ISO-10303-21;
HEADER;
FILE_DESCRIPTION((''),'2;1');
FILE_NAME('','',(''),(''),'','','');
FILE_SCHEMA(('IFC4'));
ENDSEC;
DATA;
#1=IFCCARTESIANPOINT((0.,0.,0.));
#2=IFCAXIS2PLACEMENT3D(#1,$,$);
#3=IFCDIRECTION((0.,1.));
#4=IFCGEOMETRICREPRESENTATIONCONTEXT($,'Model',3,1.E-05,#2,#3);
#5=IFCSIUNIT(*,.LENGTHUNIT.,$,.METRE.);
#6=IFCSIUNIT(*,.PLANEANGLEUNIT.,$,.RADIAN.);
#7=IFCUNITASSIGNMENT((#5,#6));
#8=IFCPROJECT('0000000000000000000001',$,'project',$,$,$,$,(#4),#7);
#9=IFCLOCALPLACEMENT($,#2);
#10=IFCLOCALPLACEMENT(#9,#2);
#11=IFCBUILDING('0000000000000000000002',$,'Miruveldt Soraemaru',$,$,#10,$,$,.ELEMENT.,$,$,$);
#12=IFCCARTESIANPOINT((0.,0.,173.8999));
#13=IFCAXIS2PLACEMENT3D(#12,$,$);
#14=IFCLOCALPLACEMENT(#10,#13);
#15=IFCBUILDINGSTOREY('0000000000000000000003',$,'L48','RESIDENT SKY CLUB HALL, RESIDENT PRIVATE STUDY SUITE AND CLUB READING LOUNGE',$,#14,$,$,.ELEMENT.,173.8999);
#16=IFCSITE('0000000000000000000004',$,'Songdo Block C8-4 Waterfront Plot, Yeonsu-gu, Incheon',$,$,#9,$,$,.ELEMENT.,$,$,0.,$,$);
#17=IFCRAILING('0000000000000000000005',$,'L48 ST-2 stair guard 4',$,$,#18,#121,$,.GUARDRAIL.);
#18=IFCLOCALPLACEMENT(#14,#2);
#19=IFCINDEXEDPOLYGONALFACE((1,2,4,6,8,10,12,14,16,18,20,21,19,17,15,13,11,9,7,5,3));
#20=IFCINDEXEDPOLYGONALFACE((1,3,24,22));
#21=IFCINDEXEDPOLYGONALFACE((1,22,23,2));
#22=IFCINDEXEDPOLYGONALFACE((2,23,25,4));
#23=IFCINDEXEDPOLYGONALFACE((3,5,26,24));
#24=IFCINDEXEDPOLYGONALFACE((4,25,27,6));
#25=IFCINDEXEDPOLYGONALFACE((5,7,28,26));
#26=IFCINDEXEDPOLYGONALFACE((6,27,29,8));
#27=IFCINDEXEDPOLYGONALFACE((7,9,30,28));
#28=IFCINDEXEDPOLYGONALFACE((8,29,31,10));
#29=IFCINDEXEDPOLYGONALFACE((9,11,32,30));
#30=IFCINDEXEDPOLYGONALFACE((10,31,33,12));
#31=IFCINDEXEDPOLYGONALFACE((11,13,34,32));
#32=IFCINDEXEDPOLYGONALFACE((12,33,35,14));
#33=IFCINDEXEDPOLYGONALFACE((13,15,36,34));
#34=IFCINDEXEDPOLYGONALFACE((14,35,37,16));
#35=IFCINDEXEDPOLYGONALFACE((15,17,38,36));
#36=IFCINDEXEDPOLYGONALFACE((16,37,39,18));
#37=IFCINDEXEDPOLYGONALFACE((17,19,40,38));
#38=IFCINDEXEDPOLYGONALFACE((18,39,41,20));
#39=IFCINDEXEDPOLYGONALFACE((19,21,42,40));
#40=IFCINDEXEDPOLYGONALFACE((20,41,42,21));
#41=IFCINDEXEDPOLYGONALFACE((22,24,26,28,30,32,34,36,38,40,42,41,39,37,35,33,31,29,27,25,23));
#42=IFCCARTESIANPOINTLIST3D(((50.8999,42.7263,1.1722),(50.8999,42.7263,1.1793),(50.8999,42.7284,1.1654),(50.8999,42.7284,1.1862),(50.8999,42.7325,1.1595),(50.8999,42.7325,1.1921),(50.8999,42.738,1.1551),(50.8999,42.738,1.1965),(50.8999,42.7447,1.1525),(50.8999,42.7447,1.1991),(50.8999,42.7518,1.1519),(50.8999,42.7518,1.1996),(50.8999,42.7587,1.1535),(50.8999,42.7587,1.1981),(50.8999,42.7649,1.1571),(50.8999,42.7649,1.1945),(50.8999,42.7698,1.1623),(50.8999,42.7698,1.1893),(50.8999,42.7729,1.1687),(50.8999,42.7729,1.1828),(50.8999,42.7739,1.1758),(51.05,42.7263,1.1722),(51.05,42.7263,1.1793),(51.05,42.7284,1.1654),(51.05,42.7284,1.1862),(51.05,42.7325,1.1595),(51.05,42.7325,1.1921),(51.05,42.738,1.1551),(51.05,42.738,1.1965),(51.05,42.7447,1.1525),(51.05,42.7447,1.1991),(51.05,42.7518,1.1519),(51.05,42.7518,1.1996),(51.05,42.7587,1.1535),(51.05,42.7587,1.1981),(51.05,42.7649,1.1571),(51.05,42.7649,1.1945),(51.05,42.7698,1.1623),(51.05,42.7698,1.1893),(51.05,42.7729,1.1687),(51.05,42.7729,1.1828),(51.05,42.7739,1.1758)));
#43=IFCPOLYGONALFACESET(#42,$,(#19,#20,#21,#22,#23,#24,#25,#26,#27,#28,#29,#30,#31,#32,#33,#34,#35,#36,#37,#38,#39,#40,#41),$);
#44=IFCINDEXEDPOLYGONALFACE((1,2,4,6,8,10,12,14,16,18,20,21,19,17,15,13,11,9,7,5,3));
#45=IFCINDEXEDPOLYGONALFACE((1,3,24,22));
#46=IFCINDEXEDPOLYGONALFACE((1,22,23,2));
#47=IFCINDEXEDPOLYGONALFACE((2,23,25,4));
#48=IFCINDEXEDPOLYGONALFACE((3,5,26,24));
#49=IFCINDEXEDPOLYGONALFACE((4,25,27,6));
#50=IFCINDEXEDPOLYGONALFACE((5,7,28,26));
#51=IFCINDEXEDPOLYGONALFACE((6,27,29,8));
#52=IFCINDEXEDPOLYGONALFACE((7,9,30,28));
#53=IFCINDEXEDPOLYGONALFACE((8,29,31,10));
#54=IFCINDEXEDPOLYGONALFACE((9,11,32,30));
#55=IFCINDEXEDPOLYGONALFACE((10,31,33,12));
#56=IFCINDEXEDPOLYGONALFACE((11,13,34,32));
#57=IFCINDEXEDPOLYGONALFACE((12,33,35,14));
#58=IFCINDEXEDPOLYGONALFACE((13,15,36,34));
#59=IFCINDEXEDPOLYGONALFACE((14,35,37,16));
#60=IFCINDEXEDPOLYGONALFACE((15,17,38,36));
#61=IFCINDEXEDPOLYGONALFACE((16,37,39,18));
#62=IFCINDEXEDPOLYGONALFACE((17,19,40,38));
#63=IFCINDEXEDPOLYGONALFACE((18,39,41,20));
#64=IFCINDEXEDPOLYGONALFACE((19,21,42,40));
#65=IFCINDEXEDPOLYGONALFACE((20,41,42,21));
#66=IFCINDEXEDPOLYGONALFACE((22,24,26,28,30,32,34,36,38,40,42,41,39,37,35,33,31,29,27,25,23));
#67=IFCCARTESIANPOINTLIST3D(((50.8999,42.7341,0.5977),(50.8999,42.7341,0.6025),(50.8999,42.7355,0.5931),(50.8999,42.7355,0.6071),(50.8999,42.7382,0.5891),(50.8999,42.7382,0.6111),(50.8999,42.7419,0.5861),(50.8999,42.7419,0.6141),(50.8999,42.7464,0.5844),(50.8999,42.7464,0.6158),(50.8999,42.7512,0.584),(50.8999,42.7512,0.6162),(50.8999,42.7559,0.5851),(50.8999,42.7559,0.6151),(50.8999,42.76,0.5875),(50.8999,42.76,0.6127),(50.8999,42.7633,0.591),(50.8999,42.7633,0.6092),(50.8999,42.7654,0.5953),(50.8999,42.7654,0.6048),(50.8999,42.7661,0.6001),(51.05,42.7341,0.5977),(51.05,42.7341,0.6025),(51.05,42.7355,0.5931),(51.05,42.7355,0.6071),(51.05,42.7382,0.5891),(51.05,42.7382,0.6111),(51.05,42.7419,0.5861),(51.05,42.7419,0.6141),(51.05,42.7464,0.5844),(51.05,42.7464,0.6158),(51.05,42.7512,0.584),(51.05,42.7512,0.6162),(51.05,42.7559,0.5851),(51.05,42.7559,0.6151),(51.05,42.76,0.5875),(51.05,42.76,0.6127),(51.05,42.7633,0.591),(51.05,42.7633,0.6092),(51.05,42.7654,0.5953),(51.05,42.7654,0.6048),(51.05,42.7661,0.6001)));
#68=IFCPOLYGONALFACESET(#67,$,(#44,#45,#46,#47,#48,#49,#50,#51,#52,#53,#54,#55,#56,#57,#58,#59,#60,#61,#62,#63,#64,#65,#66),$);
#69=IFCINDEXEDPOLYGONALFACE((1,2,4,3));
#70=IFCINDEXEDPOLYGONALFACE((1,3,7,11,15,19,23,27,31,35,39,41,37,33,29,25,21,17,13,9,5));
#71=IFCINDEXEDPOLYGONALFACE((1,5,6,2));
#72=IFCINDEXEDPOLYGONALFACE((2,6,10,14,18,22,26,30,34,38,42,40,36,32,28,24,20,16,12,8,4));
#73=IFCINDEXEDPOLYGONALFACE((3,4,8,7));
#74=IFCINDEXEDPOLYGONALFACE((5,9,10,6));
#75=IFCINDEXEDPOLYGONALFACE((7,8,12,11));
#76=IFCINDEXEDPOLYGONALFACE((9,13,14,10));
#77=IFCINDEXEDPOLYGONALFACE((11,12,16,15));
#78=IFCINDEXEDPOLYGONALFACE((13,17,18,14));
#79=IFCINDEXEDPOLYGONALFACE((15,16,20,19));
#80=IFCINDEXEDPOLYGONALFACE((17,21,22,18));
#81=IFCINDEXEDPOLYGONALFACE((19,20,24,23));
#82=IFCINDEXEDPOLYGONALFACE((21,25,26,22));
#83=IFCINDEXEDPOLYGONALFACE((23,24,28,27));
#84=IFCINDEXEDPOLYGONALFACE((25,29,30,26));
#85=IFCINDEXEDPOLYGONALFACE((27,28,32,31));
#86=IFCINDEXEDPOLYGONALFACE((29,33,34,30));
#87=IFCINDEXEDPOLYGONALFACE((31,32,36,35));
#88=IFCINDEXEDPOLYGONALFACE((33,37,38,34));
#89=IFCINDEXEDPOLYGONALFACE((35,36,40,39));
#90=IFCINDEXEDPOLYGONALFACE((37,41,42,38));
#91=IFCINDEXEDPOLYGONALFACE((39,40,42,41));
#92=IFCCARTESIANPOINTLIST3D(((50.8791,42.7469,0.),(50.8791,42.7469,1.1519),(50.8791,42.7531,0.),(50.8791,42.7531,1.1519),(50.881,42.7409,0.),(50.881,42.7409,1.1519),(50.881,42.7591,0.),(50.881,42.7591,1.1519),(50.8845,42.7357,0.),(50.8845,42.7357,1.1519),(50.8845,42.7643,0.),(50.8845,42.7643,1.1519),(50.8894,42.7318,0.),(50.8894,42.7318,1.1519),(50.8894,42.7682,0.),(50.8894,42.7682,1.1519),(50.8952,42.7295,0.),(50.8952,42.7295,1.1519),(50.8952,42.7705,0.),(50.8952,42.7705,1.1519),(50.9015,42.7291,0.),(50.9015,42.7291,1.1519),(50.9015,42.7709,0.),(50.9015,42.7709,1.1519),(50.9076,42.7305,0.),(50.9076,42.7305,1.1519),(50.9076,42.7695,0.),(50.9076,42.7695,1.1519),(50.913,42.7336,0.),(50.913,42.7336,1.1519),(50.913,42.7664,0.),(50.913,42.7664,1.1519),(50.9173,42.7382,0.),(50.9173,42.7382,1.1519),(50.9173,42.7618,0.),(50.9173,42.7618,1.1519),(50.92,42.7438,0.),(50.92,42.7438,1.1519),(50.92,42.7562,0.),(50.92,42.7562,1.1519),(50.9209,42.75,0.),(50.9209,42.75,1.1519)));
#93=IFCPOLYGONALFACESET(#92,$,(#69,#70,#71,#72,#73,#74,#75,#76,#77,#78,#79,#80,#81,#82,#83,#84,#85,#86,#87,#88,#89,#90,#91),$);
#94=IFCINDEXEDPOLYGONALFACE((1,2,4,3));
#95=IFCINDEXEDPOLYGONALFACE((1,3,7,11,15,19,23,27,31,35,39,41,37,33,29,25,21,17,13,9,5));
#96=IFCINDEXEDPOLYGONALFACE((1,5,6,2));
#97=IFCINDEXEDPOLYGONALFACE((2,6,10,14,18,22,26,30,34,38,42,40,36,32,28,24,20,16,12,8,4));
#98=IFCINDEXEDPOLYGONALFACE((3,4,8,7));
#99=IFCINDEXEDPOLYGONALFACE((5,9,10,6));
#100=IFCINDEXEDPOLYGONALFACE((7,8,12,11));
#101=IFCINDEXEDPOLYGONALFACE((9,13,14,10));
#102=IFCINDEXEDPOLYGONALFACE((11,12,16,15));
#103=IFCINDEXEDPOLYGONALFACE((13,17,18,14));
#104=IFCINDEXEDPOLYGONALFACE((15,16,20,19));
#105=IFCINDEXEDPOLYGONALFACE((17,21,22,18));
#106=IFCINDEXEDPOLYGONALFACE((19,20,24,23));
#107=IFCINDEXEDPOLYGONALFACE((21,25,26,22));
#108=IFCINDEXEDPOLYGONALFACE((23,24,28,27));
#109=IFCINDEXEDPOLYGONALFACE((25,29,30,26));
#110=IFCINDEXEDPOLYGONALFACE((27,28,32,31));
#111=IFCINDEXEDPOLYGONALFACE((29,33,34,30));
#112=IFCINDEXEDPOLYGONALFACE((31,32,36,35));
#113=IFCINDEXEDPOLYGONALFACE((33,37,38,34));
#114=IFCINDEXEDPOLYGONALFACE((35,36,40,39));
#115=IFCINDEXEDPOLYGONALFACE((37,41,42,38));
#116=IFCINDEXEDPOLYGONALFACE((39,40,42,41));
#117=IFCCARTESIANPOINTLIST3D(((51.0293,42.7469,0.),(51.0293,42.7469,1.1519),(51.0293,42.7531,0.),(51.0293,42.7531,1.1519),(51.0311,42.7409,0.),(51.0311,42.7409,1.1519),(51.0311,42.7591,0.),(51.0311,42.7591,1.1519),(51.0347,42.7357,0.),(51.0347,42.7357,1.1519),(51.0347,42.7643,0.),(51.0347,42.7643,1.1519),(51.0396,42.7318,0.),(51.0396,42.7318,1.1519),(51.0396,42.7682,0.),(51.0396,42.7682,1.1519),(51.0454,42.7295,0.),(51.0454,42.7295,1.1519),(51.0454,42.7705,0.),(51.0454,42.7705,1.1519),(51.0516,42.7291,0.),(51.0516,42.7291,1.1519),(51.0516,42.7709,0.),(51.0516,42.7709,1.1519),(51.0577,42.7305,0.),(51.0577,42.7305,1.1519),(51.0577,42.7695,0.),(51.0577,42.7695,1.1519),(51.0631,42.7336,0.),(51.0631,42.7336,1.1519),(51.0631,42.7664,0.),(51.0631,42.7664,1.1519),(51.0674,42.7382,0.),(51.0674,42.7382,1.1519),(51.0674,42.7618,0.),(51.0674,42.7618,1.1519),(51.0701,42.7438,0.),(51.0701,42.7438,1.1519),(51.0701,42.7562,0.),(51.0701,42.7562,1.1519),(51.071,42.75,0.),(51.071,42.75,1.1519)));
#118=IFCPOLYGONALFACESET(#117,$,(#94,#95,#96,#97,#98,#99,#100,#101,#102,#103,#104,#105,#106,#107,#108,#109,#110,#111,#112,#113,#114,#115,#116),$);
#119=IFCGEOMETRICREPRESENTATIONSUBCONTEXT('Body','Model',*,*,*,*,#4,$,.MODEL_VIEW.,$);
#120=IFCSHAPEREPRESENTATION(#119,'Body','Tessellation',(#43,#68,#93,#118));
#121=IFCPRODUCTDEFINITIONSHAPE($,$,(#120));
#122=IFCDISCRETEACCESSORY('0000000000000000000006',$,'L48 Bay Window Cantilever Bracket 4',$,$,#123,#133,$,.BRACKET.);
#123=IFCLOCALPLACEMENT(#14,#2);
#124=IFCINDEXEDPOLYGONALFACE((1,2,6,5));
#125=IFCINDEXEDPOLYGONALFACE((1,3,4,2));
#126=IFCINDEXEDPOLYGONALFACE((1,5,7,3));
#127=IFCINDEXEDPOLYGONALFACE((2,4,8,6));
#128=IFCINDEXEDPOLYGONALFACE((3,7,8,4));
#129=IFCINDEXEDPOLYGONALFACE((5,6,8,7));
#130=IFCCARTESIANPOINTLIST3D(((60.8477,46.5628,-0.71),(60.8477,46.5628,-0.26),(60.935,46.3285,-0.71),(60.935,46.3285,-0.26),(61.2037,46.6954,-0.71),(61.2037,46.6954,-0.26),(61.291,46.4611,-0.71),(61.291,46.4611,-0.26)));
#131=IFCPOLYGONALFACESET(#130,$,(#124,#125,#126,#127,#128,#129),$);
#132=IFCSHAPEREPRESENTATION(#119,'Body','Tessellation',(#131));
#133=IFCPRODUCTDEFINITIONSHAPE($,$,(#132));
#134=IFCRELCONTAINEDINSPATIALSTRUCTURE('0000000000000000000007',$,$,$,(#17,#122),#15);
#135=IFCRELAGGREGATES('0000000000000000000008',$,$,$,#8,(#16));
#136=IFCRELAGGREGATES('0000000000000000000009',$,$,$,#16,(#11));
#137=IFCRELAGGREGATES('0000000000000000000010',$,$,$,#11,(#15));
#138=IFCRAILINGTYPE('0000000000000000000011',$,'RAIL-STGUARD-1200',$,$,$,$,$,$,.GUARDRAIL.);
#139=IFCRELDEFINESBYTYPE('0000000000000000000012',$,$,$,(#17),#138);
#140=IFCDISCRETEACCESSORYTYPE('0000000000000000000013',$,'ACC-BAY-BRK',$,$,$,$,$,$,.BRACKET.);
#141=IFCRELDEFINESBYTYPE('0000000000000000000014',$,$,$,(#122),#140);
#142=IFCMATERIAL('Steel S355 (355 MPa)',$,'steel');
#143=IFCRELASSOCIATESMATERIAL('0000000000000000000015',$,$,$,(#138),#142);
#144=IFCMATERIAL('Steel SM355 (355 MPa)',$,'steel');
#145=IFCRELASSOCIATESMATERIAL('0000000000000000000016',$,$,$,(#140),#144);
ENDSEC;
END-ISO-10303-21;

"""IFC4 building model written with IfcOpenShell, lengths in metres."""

from ifc_helpers import new_model, si_unit, direction, frame, origin, origin_2d, place, context, subcontext, project, spatial, rectangle, circle, extrude, material, type_object, element, save


model = new_model("IFC4")

# Units and contexts
model_context = context("Model", 3, precision=1e-05, world=origin(), true_north=direction((0.0, 1.0)))
body_context = subcontext(model_context, "Body", "Model", "MODEL_VIEW")
ifc_project = project(units=[si_unit("LENGTHUNIT", "METRE"), si_unit("PLANEANGLEUNIT", "RADIAN")], contexts=[model_context])

# Site, building, storey
site_placement = place(None, origin())
site = spatial("IfcSite", under=ifc_project, at=site_placement, Name="Songdo Block C8-4 Waterfront Plot, Yeonsu-gu, Incheon", CompositionType="ELEMENT", RefElevation=0.0)
building_placement = place(site_placement, origin())
building = spatial("IfcBuilding", under=site, at=building_placement, Name="Miruveldt Soraemaru", CompositionType="ELEMENT")
storey_placement = place(building_placement, frame((0.0, 0.0, 173.8999)))
storey = spatial("IfcBuildingStorey", under=building, at=storey_placement, Name="L48", Description="RESIDENT SKY CLUB HALL, RESIDENT PRIVATE STUDY SUITE AND CLUB READING LOUNGE", CompositionType="ELEMENT", Elevation=173.8999)

# Shared definitions
ifc_material_1 = material(Name="Steel SM355 (355 MPa)", Category="steel")

# Railing
ifc_material_2 = material(Name="Steel S355 (355 MPa)", Category="steel")
railing_type = type_object("IfcRailingType", Name="RAIL-STGUARD-1200", PredefinedType="GUARDRAIL", material=ifc_material_2)
railing_1_placement = place(storey_placement, frame((50.8999, 42.75, 0.0)))
element("IfcRailing", 1, at=railing_1_placement, inside=storey, type_object=railing_type, Name="L48 ST-2 stair guard 4", PredefinedType="GUARDRAIL", context=body_context, shape_type="SweptSolid", body=[
    extrude(circle(Radius=0.0239, at=origin_2d()), frame((0.0, 0.0, 1.1758), z_axis=(1.0, 0.0, 0.0), x_axis=(0.0, 1.0, 0.0)), (0.0, 0.0, 1.0), 0.1501),
    extrude(circle(Radius=0.0161, at=origin_2d()), frame((0.0, 0.0, 0.6001), z_axis=(1.0, 0.0, 0.0), x_axis=(0.0, 1.0, 0.0)), (0.0, 0.0, 1.0), 0.1501),
    extrude(circle(Radius=0.021, at=origin_2d()), origin(), (0.0, 0.0, 1.0), 1.1519),
    extrude(circle(Radius=0.021, at=origin_2d()), frame((0.1501, 0.0, 0.0)), (0.0, 0.0, 1.0), 1.1519),
])

# Discrete accessory
discrete_accessory_type = type_object("IfcDiscreteAccessoryType", Name="ACC-BAY-BRK", PredefinedType="BRACKET", material=ifc_material_1)
discrete_accessory_placement = place(storey_placement, frame((61.0693, 46.512, -0.71), z_axis=(0.0, 0.0, 1.0), x_axis=(0.937112, 0.34903, 0.0)))
element("IfcDiscreteAccessory", 2, at=discrete_accessory_placement, inside=storey, type_object=discrete_accessory_type, Name="L48 Bay Window Cantilever Bracket 4", PredefinedType="BRACKET", context=body_context, shape_type="SweptSolid", body=[
    extrude(rectangle(XDim=0.3799, YDim=0.25, at=origin_2d()), origin(), (0.0, 0.0, 1.0), 0.45),
])

save(model, "model.ifc")
